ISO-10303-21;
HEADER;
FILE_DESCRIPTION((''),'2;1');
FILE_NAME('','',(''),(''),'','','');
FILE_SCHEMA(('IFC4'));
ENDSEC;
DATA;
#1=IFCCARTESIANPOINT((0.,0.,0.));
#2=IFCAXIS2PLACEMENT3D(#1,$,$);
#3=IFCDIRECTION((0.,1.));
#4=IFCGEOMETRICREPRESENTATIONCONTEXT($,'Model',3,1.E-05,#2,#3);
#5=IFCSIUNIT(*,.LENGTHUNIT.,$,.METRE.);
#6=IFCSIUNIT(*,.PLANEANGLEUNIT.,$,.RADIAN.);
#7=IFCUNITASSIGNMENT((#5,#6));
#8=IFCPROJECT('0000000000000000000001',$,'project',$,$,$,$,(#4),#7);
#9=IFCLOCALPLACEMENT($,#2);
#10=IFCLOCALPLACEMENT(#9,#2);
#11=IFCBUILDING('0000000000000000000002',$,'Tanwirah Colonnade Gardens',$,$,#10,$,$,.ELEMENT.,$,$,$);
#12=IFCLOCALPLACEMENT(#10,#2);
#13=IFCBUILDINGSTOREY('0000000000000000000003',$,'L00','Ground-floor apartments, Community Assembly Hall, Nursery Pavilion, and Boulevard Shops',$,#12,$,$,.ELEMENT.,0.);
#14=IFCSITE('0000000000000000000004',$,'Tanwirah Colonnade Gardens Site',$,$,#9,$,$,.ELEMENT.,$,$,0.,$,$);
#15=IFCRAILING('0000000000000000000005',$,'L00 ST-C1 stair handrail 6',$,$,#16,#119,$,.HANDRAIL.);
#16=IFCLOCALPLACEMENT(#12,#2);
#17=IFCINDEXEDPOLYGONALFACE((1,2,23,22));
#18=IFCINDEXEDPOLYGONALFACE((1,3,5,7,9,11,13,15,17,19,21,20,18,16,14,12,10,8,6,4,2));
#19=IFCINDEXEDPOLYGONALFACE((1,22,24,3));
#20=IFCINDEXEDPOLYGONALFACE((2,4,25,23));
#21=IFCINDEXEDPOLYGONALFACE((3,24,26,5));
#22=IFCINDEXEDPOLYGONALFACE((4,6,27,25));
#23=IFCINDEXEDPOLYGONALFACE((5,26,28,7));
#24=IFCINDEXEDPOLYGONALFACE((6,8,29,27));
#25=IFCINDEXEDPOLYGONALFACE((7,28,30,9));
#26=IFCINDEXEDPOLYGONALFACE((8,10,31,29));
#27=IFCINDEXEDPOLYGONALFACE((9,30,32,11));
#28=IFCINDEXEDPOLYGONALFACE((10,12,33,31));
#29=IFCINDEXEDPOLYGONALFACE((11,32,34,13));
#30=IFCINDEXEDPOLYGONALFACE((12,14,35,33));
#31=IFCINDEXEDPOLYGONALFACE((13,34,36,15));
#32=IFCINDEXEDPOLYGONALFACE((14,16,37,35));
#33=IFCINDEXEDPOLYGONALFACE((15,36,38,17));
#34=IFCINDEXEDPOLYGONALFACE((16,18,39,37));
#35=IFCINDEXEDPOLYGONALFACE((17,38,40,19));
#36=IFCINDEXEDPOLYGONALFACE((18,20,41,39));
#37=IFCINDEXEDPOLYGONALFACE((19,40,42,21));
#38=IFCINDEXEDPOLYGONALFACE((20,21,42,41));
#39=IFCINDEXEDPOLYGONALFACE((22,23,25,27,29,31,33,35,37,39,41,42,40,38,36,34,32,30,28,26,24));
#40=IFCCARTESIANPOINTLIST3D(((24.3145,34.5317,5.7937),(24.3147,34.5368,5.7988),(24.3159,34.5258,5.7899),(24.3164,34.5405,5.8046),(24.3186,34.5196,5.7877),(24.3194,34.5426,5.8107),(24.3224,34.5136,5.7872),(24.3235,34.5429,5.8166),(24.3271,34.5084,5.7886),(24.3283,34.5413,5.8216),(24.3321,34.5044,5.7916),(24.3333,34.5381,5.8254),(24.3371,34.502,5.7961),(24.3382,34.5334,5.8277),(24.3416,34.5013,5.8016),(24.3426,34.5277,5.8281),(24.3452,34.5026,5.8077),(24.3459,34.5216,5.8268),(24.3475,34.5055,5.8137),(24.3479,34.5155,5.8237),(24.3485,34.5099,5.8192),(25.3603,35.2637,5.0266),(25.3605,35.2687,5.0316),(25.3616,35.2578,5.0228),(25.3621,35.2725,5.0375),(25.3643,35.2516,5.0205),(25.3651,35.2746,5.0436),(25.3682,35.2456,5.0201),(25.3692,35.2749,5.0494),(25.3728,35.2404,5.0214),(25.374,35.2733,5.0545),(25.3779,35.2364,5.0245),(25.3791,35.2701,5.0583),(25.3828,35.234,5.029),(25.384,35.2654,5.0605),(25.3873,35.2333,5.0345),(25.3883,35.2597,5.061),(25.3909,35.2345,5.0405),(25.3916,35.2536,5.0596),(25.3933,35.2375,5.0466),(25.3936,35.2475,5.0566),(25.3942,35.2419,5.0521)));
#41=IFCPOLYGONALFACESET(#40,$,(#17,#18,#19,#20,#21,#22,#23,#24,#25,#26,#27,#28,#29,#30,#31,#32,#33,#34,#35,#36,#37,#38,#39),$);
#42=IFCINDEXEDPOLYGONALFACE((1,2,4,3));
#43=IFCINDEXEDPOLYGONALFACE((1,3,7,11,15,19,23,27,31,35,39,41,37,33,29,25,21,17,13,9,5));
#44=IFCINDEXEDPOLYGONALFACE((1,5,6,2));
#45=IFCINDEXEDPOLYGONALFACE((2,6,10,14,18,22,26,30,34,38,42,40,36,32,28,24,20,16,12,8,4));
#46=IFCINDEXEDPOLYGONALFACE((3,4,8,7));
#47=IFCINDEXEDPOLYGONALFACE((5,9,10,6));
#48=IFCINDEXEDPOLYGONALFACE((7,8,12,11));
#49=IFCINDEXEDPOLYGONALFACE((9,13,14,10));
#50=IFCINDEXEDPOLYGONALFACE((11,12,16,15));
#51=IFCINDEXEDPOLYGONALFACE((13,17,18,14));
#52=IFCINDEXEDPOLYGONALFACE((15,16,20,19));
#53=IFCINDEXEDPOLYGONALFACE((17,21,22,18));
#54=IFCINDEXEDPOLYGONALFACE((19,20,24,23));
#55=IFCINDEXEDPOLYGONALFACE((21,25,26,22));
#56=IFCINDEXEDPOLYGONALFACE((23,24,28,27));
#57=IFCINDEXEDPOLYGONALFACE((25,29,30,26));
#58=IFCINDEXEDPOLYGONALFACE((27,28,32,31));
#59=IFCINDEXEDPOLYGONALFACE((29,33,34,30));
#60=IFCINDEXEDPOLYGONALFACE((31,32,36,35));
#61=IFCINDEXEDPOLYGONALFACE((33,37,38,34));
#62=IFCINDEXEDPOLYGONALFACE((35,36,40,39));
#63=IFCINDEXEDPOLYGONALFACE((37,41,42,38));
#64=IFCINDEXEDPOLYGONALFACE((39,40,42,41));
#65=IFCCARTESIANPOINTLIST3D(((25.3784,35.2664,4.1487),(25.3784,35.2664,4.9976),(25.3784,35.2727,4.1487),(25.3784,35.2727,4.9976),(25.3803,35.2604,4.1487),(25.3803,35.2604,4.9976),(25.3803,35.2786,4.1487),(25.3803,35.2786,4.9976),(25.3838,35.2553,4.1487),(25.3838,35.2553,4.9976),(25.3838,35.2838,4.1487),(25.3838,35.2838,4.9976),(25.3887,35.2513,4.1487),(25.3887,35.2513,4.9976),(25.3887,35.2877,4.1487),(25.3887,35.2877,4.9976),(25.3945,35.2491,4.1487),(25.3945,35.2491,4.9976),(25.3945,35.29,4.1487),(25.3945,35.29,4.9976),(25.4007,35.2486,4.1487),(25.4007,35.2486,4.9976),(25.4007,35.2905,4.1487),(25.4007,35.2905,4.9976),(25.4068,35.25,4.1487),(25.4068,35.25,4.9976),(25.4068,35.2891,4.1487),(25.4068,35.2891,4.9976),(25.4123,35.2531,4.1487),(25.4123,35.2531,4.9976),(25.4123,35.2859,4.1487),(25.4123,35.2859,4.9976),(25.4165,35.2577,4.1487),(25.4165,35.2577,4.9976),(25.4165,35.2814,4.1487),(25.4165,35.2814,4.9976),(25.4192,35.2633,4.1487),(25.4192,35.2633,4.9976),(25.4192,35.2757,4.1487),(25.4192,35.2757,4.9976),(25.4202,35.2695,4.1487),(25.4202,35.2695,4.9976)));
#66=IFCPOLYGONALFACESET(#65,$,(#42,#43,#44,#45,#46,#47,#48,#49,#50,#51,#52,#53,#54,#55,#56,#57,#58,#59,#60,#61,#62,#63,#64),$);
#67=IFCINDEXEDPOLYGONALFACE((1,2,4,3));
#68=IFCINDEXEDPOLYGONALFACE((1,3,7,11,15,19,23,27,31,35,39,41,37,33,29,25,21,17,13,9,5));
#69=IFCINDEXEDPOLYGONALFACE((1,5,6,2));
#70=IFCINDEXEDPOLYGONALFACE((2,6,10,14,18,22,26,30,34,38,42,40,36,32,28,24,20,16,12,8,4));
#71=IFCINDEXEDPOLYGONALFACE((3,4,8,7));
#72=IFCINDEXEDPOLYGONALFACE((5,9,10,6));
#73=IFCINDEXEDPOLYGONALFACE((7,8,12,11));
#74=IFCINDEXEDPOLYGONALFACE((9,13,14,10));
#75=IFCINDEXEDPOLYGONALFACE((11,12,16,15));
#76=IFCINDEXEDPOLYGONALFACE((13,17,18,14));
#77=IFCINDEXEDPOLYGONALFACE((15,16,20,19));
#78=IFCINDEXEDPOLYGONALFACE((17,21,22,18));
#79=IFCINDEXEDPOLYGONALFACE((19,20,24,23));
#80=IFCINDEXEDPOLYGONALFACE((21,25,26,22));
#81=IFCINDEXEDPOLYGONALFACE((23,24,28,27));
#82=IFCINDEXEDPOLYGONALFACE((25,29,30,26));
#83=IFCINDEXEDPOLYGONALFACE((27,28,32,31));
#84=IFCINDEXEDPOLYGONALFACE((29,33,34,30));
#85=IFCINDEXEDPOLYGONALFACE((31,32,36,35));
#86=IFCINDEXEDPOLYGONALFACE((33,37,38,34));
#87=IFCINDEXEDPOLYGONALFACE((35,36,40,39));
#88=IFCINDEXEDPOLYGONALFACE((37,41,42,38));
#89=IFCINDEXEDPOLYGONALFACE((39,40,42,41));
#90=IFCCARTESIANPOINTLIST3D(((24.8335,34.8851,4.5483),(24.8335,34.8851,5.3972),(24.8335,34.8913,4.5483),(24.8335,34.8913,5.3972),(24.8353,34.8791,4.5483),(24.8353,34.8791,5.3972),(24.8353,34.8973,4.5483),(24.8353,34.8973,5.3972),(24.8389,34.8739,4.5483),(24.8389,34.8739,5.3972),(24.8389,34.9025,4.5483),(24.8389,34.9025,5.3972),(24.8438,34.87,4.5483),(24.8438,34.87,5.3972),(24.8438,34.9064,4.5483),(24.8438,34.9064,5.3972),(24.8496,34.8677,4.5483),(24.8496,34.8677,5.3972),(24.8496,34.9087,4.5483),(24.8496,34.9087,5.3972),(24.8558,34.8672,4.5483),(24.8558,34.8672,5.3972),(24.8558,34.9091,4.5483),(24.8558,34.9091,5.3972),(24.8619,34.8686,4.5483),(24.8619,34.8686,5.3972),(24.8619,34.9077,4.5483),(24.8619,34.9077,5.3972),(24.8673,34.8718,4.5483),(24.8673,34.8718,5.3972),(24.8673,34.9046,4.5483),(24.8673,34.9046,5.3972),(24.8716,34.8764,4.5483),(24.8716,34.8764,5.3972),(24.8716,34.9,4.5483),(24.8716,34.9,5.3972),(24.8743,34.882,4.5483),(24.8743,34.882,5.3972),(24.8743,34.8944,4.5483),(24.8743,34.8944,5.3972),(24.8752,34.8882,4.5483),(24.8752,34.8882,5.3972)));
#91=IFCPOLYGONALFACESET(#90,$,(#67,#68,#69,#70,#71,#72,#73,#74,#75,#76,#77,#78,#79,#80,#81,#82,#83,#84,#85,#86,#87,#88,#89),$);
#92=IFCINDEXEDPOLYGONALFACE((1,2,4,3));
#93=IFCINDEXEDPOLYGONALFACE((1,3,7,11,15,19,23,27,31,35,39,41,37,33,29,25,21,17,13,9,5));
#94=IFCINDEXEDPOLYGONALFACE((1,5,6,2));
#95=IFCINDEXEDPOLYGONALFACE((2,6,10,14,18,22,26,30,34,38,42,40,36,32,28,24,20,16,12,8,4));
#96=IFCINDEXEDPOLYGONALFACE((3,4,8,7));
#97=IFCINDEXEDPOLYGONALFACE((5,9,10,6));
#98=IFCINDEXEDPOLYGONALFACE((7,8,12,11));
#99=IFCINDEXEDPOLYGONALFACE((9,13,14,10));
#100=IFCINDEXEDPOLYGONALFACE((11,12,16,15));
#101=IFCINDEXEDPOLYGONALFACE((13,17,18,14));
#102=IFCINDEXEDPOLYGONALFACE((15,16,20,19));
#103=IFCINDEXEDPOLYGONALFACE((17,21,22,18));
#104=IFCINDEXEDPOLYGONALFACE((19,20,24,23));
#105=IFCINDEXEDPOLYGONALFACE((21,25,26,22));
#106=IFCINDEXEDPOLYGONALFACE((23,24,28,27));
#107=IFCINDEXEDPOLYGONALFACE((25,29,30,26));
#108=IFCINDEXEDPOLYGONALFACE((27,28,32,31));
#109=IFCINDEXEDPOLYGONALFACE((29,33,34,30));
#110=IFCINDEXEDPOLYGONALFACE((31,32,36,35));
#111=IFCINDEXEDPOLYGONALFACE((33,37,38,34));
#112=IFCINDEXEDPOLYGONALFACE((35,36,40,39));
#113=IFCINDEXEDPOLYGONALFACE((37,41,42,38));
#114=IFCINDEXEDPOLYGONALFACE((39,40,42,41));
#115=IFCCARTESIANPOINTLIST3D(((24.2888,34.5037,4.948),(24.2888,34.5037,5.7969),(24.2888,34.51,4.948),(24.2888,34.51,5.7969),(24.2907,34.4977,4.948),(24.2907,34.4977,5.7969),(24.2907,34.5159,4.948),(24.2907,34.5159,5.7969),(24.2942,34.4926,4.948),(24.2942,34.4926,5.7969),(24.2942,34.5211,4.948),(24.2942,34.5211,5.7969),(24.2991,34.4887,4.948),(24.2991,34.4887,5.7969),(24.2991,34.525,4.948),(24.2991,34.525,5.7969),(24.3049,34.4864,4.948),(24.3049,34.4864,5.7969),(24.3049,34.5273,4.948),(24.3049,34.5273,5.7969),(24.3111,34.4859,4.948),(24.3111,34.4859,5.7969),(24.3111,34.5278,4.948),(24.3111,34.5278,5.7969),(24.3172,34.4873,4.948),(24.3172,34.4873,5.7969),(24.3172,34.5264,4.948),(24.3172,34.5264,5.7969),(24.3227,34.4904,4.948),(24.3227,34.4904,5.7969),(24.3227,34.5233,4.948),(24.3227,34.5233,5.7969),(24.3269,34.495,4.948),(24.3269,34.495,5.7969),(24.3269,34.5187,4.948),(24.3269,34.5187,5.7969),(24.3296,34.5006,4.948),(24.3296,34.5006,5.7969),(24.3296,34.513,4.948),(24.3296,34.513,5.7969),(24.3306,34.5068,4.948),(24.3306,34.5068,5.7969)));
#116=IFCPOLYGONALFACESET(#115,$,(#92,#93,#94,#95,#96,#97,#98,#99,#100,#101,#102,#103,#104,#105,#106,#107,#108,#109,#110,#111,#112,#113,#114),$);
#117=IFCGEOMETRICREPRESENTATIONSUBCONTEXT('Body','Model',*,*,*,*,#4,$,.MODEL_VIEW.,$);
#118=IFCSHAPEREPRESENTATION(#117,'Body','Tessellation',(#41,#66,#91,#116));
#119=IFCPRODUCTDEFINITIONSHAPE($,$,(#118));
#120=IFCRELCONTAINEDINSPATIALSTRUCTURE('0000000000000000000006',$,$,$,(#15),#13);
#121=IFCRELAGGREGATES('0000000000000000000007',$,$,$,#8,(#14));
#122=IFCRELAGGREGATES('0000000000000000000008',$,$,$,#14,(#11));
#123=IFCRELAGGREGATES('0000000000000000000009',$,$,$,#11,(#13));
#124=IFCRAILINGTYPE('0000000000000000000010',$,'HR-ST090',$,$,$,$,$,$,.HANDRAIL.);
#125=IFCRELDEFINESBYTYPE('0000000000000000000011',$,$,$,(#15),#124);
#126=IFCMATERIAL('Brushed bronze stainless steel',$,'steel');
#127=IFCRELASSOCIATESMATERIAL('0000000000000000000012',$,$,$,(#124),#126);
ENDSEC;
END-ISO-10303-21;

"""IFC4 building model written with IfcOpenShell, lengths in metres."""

from ifc_helpers import new_model, si_unit, direction, frame, origin, origin_2d, place, context, subcontext, project, spatial, circle, extrude, material, type_object, element, save


model = new_model("IFC4")

# Units and contexts
model_context = context("Model", 3, precision=1e-05, world=origin(), true_north=direction((0.0, 1.0)))
body_context = subcontext(model_context, "Body", "Model", "MODEL_VIEW")
ifc_project = project(units=[si_unit("LENGTHUNIT", "METRE"), si_unit("PLANEANGLEUNIT", "RADIAN")], contexts=[model_context])

# Site, building, storey
site_placement = place(None, origin())
site = spatial("IfcSite", under=ifc_project, at=site_placement, Name="Tanwirah Colonnade Gardens Site", CompositionType="ELEMENT", RefElevation=0.0)
building_placement = place(site_placement, origin())
building = spatial("IfcBuilding", under=site, at=building_placement, Name="Tanwirah Colonnade Gardens", CompositionType="ELEMENT")
storey_placement = place(building_placement, origin())
storey = spatial("IfcBuildingStorey", under=building, at=storey_placement, Name="L00", Description="Ground-floor apartments, Community Assembly Hall, Nursery Pavilion, and Boulevard Shops", CompositionType="ELEMENT", Elevation=0.0)

# Railing
ifc_material_1 = material(Name="Brushed bronze stainless steel", Category="steel")
railing_type_1 = type_object("IfcRailingType", Name="HR-ST090", PredefinedType="HANDRAIL", material=ifc_material_1)
railing_1_placement = place(storey_placement, frame((25.3992, 35.2695, 4.1487)))
element("IfcRailing", 1, at=railing_1_placement, inside=storey, type_object=railing_type_1, Name="L00 ST-C1 stair handrail 6", PredefinedType="HANDRAIL", context=body_context, shape_type="SweptSolid", body=[
    extrude(circle(Radius=0.0239, at=origin_2d()), frame((-0.022, -0.0154, 0.8918), z_axis=(-0.702188, -0.491516, 0.515116), x_axis=(0.57345, -0.819241, 0.0)), (0.0, 0.0, 1.0), 1.4893),
    extrude(circle(Radius=0.021, at=origin_2d()), origin(), (0.0, 0.0, 1.0), 0.8489),
    extrude(circle(Radius=0.021, at=origin_2d()), frame((-0.5449, -0.3813, 0.3997)), (0.0, 0.0, 1.0), 0.8489),
    extrude(circle(Radius=0.021, at=origin_2d()), frame((-1.0896, -0.7627, 0.7993)), (0.0, 0.0, 1.0), 0.8489),
])

save(model, "model.ifc")
